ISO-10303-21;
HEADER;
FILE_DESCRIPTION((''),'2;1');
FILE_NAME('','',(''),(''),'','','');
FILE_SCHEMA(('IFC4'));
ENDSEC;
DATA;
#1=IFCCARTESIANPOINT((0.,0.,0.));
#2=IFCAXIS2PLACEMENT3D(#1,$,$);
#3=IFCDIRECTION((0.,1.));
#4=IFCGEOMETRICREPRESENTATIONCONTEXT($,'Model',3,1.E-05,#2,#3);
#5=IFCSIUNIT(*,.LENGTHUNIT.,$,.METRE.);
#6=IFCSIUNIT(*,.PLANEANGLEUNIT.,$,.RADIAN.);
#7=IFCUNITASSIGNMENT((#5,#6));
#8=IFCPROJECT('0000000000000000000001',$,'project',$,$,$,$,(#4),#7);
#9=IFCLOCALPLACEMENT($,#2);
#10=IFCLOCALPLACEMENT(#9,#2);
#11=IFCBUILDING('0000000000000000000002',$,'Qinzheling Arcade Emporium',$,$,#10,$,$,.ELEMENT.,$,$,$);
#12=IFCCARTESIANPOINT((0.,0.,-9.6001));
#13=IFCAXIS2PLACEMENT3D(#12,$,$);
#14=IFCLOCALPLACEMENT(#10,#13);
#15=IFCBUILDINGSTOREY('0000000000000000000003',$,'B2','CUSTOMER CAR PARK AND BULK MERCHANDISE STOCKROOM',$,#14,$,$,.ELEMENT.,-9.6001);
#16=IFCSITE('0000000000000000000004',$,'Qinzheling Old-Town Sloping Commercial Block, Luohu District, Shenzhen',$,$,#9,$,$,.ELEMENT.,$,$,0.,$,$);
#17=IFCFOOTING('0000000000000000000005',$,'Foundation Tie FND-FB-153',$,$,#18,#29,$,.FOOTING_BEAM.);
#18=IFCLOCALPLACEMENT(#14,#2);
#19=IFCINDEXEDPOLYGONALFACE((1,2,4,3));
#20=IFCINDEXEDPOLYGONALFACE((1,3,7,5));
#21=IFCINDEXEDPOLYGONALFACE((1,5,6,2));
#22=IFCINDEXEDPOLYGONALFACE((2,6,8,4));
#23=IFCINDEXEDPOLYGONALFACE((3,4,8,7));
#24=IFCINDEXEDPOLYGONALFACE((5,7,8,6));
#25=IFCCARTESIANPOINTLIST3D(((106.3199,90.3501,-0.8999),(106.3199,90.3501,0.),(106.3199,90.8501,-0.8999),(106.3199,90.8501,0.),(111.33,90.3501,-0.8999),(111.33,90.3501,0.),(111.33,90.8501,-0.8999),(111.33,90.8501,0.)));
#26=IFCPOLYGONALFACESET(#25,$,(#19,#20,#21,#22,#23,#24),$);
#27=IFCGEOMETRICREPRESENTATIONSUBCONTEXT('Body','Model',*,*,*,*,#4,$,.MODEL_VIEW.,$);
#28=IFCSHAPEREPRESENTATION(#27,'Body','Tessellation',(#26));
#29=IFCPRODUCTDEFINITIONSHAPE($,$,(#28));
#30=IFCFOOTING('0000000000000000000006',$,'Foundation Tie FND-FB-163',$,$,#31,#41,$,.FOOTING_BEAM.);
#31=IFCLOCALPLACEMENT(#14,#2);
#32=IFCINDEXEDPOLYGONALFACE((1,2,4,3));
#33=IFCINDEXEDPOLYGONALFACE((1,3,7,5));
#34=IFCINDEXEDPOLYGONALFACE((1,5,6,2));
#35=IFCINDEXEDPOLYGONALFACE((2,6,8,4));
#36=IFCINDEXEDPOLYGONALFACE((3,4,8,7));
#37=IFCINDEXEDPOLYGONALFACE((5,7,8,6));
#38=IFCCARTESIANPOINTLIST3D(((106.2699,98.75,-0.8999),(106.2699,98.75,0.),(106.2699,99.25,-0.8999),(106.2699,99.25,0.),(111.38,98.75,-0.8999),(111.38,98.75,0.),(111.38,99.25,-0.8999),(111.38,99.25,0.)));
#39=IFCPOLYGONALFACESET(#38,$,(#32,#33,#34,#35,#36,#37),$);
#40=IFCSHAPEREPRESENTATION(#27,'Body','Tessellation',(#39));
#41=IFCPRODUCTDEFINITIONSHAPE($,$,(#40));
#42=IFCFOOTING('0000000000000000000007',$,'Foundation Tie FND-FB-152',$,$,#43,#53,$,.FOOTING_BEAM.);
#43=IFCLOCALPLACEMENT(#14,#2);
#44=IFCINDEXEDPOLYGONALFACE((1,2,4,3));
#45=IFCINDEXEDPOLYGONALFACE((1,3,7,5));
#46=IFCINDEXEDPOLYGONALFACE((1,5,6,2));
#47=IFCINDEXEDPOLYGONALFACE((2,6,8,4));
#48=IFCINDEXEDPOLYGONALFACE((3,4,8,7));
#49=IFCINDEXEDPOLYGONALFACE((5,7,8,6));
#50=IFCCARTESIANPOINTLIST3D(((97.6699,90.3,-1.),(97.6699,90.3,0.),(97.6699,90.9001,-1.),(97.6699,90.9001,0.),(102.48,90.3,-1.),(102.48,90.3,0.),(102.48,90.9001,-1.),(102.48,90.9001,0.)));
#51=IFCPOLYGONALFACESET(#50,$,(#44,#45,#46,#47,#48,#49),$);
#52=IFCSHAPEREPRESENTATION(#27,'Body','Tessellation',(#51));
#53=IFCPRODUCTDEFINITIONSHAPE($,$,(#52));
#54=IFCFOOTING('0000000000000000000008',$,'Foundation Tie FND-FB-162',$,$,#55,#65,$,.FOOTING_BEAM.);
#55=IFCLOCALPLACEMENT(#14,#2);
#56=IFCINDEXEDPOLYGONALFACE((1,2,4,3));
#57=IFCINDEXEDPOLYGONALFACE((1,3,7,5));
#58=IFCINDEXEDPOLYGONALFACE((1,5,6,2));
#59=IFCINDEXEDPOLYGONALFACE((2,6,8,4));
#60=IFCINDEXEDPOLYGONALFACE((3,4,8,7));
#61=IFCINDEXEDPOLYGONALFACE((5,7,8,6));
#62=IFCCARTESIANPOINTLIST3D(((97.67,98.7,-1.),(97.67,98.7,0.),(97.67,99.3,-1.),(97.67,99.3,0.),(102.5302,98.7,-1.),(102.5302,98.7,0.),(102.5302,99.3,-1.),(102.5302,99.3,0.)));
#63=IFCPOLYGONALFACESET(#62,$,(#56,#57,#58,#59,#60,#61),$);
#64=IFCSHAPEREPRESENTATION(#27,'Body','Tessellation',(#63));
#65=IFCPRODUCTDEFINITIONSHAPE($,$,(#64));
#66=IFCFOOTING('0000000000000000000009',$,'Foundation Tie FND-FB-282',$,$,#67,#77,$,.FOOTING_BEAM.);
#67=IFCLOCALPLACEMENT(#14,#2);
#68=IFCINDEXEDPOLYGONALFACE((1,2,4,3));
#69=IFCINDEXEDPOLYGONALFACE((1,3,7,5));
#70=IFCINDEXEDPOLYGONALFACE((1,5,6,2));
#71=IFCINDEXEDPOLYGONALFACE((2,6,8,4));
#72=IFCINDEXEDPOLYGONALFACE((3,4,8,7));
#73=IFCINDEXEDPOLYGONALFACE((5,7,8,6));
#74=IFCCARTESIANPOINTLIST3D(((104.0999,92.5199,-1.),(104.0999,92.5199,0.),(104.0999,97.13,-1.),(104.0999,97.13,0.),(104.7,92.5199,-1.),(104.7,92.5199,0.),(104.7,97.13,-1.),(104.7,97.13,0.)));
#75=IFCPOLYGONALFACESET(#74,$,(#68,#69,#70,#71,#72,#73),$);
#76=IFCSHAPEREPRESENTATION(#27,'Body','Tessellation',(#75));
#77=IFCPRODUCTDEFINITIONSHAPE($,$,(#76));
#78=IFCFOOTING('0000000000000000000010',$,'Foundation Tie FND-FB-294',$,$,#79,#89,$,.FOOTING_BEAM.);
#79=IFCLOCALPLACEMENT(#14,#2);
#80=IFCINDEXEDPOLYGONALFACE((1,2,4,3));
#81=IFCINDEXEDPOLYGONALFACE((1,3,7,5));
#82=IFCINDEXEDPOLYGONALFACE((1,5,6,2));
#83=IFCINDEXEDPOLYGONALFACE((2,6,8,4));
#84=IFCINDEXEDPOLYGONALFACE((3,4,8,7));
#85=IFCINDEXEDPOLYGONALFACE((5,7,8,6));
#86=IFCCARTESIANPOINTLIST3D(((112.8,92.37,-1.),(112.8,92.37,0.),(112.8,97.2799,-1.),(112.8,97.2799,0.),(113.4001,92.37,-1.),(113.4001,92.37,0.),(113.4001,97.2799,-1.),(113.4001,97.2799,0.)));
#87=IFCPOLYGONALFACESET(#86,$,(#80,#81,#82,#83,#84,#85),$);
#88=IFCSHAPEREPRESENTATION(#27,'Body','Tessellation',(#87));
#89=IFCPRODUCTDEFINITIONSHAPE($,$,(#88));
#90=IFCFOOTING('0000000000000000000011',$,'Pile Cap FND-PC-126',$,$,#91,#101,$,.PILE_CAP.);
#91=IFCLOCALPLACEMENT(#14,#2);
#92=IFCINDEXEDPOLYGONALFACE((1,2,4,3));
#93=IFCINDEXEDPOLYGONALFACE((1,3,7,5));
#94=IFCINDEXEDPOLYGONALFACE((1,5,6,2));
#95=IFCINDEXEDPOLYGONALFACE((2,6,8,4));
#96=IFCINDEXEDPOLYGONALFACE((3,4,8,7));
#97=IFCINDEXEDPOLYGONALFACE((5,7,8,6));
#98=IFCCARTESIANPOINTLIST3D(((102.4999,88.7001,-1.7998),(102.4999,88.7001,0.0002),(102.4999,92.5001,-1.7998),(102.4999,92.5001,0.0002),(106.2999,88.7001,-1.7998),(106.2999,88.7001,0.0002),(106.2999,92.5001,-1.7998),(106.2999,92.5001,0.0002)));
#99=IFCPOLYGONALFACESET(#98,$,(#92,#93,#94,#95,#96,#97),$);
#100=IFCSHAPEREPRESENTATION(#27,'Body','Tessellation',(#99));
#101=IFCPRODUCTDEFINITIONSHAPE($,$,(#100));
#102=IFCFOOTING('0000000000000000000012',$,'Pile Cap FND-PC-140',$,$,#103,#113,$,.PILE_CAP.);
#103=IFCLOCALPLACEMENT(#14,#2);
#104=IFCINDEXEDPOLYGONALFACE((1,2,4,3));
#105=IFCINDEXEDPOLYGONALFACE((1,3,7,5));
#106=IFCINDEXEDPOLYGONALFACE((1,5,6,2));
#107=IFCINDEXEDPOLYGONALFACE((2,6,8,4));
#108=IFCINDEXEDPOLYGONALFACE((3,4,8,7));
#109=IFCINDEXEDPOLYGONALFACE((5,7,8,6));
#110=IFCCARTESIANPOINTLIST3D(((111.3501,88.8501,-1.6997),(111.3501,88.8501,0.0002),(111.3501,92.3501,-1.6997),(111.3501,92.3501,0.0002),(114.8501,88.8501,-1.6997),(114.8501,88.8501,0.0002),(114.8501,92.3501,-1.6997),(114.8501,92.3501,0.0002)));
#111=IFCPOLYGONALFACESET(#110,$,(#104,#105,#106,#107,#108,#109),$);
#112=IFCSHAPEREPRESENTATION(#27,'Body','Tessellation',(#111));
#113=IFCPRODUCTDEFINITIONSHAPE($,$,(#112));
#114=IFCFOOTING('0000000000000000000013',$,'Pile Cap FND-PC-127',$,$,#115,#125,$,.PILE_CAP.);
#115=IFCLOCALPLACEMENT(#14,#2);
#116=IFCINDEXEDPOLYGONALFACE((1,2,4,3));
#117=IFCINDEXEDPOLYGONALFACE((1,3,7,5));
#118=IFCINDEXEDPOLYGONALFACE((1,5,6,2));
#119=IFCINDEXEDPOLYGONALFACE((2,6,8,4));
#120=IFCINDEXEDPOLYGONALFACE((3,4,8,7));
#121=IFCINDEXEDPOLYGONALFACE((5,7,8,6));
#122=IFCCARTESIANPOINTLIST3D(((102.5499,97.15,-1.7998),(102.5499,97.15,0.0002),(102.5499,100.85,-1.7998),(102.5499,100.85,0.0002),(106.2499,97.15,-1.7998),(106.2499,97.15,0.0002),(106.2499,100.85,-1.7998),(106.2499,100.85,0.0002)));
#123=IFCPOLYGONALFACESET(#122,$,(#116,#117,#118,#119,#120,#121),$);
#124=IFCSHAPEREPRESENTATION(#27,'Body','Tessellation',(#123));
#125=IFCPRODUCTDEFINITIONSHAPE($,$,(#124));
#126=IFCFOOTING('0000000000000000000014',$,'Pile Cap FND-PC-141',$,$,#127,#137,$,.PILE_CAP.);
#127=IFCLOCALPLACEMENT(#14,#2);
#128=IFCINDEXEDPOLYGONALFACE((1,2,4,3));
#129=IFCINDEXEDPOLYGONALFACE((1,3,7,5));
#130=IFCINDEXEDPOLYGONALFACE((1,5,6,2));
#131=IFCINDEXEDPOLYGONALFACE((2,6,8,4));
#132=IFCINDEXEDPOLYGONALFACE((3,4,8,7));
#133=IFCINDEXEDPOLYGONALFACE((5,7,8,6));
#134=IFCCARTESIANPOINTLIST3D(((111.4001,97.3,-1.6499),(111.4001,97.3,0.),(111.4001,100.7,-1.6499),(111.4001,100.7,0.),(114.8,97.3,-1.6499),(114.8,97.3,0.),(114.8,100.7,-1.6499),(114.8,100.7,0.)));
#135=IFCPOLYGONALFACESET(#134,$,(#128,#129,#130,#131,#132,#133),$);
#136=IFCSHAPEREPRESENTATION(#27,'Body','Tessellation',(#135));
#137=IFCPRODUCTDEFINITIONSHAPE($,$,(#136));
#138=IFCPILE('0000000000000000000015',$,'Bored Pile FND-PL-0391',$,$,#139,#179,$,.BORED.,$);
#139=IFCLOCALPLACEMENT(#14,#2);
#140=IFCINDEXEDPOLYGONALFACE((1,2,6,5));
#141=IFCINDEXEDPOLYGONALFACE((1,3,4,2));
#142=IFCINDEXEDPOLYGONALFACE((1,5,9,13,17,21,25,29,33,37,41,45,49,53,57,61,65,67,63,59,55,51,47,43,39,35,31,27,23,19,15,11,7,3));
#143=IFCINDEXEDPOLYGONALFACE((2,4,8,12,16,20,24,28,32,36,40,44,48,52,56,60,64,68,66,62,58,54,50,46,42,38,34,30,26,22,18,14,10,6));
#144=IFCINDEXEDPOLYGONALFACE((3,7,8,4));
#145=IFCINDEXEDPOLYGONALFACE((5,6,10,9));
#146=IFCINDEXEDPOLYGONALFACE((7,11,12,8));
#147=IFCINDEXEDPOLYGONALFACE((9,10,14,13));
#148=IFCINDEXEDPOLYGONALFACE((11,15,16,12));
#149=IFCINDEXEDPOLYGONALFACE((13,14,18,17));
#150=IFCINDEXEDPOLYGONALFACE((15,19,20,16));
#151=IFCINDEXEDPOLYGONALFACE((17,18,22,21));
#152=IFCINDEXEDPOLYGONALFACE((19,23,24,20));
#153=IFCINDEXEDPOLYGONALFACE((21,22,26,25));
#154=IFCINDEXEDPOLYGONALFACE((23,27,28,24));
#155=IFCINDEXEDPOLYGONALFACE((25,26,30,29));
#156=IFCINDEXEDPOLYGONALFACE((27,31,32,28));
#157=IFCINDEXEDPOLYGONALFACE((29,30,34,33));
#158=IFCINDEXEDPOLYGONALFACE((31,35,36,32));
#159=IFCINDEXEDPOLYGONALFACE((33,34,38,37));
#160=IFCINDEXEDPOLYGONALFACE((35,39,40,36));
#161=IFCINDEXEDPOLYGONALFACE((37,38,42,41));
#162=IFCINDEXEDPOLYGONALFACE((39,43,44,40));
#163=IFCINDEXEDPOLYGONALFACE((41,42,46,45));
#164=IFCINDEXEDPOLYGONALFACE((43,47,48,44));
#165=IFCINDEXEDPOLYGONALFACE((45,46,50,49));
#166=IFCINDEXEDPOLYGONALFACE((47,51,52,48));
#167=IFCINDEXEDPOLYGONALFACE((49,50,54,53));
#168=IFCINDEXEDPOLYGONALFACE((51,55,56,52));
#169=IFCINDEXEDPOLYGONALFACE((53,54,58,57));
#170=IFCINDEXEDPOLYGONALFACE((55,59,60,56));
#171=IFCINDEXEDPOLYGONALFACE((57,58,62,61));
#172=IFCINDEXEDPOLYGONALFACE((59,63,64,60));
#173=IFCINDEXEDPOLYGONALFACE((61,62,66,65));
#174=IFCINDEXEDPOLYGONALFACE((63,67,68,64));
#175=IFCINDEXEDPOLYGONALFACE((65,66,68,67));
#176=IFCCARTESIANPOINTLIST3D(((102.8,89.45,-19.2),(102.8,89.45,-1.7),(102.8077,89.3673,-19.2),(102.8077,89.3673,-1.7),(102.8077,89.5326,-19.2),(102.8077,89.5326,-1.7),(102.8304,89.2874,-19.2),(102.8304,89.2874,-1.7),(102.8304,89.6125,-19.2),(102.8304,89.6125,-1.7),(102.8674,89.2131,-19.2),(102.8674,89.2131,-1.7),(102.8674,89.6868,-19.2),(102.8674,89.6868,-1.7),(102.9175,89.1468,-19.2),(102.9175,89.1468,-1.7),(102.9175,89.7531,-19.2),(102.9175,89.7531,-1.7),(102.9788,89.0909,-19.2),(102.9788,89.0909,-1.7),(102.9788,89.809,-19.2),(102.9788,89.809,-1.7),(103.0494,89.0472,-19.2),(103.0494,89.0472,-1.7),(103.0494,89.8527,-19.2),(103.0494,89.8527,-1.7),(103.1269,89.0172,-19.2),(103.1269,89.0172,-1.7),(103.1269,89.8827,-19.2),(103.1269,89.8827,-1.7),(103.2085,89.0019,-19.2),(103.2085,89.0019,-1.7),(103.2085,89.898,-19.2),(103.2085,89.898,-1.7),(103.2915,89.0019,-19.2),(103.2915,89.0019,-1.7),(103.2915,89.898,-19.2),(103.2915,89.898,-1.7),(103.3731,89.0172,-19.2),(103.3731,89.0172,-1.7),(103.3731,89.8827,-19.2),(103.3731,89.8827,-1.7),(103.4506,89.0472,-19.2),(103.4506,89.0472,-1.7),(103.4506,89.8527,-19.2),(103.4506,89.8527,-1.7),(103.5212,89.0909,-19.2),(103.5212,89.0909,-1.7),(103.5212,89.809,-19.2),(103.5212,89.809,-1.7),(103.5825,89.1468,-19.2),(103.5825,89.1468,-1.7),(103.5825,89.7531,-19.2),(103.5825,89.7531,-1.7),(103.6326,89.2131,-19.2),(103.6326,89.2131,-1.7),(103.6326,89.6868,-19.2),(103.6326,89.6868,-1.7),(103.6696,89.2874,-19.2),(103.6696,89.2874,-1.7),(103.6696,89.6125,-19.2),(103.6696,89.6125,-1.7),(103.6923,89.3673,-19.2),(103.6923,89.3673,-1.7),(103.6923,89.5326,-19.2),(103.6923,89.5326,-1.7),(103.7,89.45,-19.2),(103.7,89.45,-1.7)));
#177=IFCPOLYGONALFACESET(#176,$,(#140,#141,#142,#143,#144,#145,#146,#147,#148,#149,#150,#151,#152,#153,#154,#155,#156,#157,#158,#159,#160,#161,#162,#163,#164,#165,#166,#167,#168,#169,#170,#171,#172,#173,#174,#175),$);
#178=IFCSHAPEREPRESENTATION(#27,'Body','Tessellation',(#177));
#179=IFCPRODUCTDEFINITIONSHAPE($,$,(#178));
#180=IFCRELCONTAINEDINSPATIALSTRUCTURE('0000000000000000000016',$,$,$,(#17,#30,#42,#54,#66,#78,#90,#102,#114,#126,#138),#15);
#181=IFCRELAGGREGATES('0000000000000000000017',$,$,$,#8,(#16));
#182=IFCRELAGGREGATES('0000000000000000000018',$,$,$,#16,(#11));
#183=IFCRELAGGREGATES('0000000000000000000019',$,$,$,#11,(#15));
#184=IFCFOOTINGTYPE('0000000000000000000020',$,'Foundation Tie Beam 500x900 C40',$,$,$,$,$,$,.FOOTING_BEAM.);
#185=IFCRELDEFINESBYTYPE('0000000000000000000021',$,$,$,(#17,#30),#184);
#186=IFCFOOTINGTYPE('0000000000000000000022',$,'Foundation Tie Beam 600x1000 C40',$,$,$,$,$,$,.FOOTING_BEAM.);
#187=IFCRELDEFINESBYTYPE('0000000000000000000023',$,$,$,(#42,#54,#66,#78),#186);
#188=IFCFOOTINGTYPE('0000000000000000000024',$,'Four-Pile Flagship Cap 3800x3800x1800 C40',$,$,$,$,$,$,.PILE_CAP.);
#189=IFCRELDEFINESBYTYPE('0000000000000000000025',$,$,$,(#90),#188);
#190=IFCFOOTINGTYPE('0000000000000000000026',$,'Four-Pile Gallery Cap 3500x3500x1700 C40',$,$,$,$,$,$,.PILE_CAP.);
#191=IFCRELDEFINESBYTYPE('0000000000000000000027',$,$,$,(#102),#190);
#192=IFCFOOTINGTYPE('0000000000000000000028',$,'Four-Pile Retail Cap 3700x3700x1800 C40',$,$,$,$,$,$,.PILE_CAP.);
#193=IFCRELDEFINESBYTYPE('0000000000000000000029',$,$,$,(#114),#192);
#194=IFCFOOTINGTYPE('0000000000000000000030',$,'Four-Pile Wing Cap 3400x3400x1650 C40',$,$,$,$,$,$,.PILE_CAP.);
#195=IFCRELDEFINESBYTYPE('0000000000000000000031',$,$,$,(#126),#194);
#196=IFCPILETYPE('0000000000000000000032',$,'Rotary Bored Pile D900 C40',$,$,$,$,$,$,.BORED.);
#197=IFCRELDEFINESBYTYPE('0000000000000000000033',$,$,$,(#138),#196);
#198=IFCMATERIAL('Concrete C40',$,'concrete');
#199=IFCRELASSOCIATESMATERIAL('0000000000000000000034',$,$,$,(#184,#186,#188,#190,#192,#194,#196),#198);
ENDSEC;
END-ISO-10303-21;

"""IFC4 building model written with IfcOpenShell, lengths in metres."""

from ifc_helpers import new_model, si_unit, direction, frame, origin, origin_2d, place, context, subcontext, project, spatial, rectangle, circle, extrude, material, material_profile, profile_set, type_object, element, save


model = new_model("IFC4")

# Units and contexts
model_context = context("Model", 3, precision=1e-05, world=origin(), true_north=direction((0.0, 1.0)))
body_context = subcontext(model_context, "Body", "Model", "MODEL_VIEW")
ifc_project = project(units=[si_unit("LENGTHUNIT", "METRE"), si_unit("PLANEANGLEUNIT", "RADIAN")], contexts=[model_context])

# Site, building, storey
site_placement = place(None, origin())
site = spatial("IfcSite", under=ifc_project, at=site_placement, Name="Qinzheling Old-Town Sloping Commercial Block, Luohu District, Shenzhen", CompositionType="ELEMENT", RefElevation=0.0)
building_placement = place(site_placement, origin())
building = spatial("IfcBuilding", under=site, at=building_placement, Name="Qinzheling Arcade Emporium", CompositionType="ELEMENT")
storey_placement = place(building_placement, frame((0.0, 0.0, -9.6001)))
storey = spatial("IfcBuildingStorey", under=building, at=storey_placement, Name="B2", Description="CUSTOMER CAR PARK AND BULK MERCHANDISE STOCKROOM", CompositionType="ELEMENT", Elevation=-9.6001)

# Footings
ifc_material_1 = material(Name="Concrete C40", Category="concrete")
footing_type_1 = type_object("IfcFootingType", Name="Foundation Tie Beam 500x900 C40", PredefinedType="FOOTING_BEAM", material=ifc_material_1)
footing_1_placement = place(storey_placement, frame((108.825, 90.6001, -0.8999), z_axis=(0.0, 0.0, 1.0), x_axis=(1.0, 0.0, 0.0)))
element("IfcFooting", 1, at=footing_1_placement, inside=storey, type_object=footing_type_1, Name="Foundation Tie FND-FB-153", PredefinedType="FOOTING_BEAM", context=body_context, shape_type="SweptSolid", body=[
    extrude(rectangle(XDim=5.01, YDim=0.5, at=origin_2d()), origin(), (0.0, 0.0, 1.0), 0.8999),
])
footing_2_placement = place(storey_placement, frame((108.825, 99.0, -0.8999), z_axis=(0.0, 0.0, 1.0), x_axis=(1.0, 0.0, 0.0)))
element("IfcFooting", 2, at=footing_2_placement, inside=storey, type_object=footing_type_1, Name="Foundation Tie FND-FB-163", PredefinedType="FOOTING_BEAM", context=body_context, shape_type="SweptSolid", body=[
    extrude(rectangle(XDim=5.1101, YDim=0.5, at=origin_2d()), origin(), (0.0, 0.0, 1.0), 0.8999),
])
footing_type_2 = type_object("IfcFootingType", Name="Foundation Tie Beam 600x1000 C40", PredefinedType="FOOTING_BEAM", material=ifc_material_1)
footing_3_placement = place(storey_placement, frame((100.075, 90.6001, -1.0), z_axis=(0.0, 0.0, 1.0), x_axis=(1.0, 0.0, 0.0)))
element("IfcFooting", 3, at=footing_3_placement, inside=storey, type_object=footing_type_2, Name="Foundation Tie FND-FB-152", PredefinedType="FOOTING_BEAM", context=body_context, shape_type="SweptSolid", body=[
    extrude(rectangle(XDim=4.8101, YDim=0.6001, at=origin_2d()), origin(), (0.0, 0.0, 1.0), 1.0),
])
footing_4_placement = place(storey_placement, frame((100.1001, 99.0, -1.0), z_axis=(0.0, 0.0, 1.0), x_axis=(1.0, 0.0, 0.0)))
element("IfcFooting", 4, at=footing_4_placement, inside=storey, type_object=footing_type_2, Name="Foundation Tie FND-FB-162", PredefinedType="FOOTING_BEAM", context=body_context, shape_type="SweptSolid", body=[
    extrude(rectangle(XDim=4.8601, YDim=0.6001, at=origin_2d()), origin(), (0.0, 0.0, 1.0), 1.0),
])
footing_5_placement = place(storey_placement, frame((104.3999, 94.825, -1.0), z_axis=(0.0, 0.0, 1.0), x_axis=(1.0, 0.0, 0.0)))
element("IfcFooting", 5, at=footing_5_placement, inside=storey, type_object=footing_type_2, Name="Foundation Tie FND-FB-282", PredefinedType="FOOTING_BEAM", context=body_context, shape_type="SweptSolid", body=[
    extrude(rectangle(XDim=0.6001, YDim=4.6101, at=origin_2d()), origin(), (0.0, 0.0, 1.0), 1.0),
])
footing_6_placement = place(storey_placement, frame((113.1001, 94.825, -1.0), z_axis=(0.0, 0.0, 1.0), x_axis=(1.0, 0.0, 0.0)))
element("IfcFooting", 6, at=footing_6_placement, inside=storey, type_object=footing_type_2, Name="Foundation Tie FND-FB-294", PredefinedType="FOOTING_BEAM", context=body_context, shape_type="SweptSolid", body=[
    extrude(rectangle(XDim=0.6001, YDim=4.9099, at=origin_2d()), origin(), (0.0, 0.0, 1.0), 1.0),
])
footing_type_3 = type_object("IfcFootingType", Name="Four-Pile Flagship Cap 3800x3800x1800 C40", PredefinedType="PILE_CAP", material=ifc_material_1)
footing_7_placement = place(storey_placement, frame((104.3999, 90.6001, -1.7998), z_axis=(0.0, 0.0, 1.0), x_axis=(1.0, 0.0, 0.0)))
element("IfcFooting", 7, at=footing_7_placement, inside=storey, type_object=footing_type_3, Name="Pile Cap FND-PC-126", PredefinedType="PILE_CAP", context=body_context, shape_type="SweptSolid", body=[
    extrude(rectangle(XDim=3.8, YDim=3.8, at=origin_2d()), origin(), (0.0, 0.0, 1.0), 1.8),
])
footing_type_4 = type_object("IfcFootingType", Name="Four-Pile Gallery Cap 3500x3500x1700 C40", PredefinedType="PILE_CAP", material=ifc_material_1)
footing_8_placement = place(storey_placement, frame((113.1001, 90.6001, -1.6997), z_axis=(0.0, 0.0, 1.0), x_axis=(1.0, 0.0, 0.0)))
element("IfcFooting", 8, at=footing_8_placement, inside=storey, type_object=footing_type_4, Name="Pile Cap FND-PC-140", PredefinedType="PILE_CAP", context=body_context, shape_type="SweptSolid", body=[
    extrude(rectangle(XDim=3.5, YDim=3.5, at=origin_2d()), origin(), (0.0, 0.0, 1.0), 1.7),
])
footing_type_5 = type_object("IfcFootingType", Name="Four-Pile Retail Cap 3700x3700x1800 C40", PredefinedType="PILE_CAP", material=ifc_material_1)
footing_9_placement = place(storey_placement, frame((104.3999, 99.0, -1.7998), z_axis=(0.0, 0.0, 1.0), x_axis=(1.0, 0.0, 0.0)))
element("IfcFooting", 9, at=footing_9_placement, inside=storey, type_object=footing_type_5, Name="Pile Cap FND-PC-127", PredefinedType="PILE_CAP", context=body_context, shape_type="SweptSolid", body=[
    extrude(rectangle(XDim=3.7, YDim=3.7, at=origin_2d()), origin(), (0.0, 0.0, 1.0), 1.8),
])
footing_type_6 = type_object("IfcFootingType", Name="Four-Pile Wing Cap 3400x3400x1650 C40", PredefinedType="PILE_CAP", material=ifc_material_1)
footing_10_placement = place(storey_placement, frame((113.1001, 99.0, -1.6499), z_axis=(0.0, 0.0, 1.0), x_axis=(1.0, 0.0, 0.0)))
element("IfcFooting", 10, at=footing_10_placement, inside=storey, type_object=footing_type_6, Name="Pile Cap FND-PC-141", PredefinedType="PILE_CAP", context=body_context, shape_type="SweptSolid", body=[
    extrude(rectangle(XDim=3.3999, YDim=3.3999, at=origin_2d()), origin(), (0.0, 0.0, 1.0), 1.6499),
])

# Pile
ifc_material_profile_1 = material_profile(ifc_material_1, circle(Radius=0.45, at=origin_2d()), Name="BORED D900", Category="concrete")
ifc_profile_set_1 = profile_set([ifc_material_profile_1], Name="Concrete C40")
pile_type = type_object("IfcPileType", Name="Rotary Bored Pile D900 C40", PredefinedType="BORED", material=ifc_profile_set_1)
for number, where, z_axis, x_axis, name in (
    (11, (103.25, 89.45, -1.7), (0.0, 0.0, -1.0), (1.0, 0.0, 0.0), "Bored Pile FND-PL-0391"),
):
    element("IfcPile", number, at=place(storey_placement, frame(where, z_axis=z_axis, x_axis=x_axis)), inside=storey, type_object=pile_type, Name=name, PredefinedType="BORED", context=body_context, shape_type="SweptSolid", body=[
        extrude(circle(Radius=0.45, at=origin_2d()), origin(), (0.0, 0.0, 1.0), 17.5),
    ])

save(model, "model.ifc")
